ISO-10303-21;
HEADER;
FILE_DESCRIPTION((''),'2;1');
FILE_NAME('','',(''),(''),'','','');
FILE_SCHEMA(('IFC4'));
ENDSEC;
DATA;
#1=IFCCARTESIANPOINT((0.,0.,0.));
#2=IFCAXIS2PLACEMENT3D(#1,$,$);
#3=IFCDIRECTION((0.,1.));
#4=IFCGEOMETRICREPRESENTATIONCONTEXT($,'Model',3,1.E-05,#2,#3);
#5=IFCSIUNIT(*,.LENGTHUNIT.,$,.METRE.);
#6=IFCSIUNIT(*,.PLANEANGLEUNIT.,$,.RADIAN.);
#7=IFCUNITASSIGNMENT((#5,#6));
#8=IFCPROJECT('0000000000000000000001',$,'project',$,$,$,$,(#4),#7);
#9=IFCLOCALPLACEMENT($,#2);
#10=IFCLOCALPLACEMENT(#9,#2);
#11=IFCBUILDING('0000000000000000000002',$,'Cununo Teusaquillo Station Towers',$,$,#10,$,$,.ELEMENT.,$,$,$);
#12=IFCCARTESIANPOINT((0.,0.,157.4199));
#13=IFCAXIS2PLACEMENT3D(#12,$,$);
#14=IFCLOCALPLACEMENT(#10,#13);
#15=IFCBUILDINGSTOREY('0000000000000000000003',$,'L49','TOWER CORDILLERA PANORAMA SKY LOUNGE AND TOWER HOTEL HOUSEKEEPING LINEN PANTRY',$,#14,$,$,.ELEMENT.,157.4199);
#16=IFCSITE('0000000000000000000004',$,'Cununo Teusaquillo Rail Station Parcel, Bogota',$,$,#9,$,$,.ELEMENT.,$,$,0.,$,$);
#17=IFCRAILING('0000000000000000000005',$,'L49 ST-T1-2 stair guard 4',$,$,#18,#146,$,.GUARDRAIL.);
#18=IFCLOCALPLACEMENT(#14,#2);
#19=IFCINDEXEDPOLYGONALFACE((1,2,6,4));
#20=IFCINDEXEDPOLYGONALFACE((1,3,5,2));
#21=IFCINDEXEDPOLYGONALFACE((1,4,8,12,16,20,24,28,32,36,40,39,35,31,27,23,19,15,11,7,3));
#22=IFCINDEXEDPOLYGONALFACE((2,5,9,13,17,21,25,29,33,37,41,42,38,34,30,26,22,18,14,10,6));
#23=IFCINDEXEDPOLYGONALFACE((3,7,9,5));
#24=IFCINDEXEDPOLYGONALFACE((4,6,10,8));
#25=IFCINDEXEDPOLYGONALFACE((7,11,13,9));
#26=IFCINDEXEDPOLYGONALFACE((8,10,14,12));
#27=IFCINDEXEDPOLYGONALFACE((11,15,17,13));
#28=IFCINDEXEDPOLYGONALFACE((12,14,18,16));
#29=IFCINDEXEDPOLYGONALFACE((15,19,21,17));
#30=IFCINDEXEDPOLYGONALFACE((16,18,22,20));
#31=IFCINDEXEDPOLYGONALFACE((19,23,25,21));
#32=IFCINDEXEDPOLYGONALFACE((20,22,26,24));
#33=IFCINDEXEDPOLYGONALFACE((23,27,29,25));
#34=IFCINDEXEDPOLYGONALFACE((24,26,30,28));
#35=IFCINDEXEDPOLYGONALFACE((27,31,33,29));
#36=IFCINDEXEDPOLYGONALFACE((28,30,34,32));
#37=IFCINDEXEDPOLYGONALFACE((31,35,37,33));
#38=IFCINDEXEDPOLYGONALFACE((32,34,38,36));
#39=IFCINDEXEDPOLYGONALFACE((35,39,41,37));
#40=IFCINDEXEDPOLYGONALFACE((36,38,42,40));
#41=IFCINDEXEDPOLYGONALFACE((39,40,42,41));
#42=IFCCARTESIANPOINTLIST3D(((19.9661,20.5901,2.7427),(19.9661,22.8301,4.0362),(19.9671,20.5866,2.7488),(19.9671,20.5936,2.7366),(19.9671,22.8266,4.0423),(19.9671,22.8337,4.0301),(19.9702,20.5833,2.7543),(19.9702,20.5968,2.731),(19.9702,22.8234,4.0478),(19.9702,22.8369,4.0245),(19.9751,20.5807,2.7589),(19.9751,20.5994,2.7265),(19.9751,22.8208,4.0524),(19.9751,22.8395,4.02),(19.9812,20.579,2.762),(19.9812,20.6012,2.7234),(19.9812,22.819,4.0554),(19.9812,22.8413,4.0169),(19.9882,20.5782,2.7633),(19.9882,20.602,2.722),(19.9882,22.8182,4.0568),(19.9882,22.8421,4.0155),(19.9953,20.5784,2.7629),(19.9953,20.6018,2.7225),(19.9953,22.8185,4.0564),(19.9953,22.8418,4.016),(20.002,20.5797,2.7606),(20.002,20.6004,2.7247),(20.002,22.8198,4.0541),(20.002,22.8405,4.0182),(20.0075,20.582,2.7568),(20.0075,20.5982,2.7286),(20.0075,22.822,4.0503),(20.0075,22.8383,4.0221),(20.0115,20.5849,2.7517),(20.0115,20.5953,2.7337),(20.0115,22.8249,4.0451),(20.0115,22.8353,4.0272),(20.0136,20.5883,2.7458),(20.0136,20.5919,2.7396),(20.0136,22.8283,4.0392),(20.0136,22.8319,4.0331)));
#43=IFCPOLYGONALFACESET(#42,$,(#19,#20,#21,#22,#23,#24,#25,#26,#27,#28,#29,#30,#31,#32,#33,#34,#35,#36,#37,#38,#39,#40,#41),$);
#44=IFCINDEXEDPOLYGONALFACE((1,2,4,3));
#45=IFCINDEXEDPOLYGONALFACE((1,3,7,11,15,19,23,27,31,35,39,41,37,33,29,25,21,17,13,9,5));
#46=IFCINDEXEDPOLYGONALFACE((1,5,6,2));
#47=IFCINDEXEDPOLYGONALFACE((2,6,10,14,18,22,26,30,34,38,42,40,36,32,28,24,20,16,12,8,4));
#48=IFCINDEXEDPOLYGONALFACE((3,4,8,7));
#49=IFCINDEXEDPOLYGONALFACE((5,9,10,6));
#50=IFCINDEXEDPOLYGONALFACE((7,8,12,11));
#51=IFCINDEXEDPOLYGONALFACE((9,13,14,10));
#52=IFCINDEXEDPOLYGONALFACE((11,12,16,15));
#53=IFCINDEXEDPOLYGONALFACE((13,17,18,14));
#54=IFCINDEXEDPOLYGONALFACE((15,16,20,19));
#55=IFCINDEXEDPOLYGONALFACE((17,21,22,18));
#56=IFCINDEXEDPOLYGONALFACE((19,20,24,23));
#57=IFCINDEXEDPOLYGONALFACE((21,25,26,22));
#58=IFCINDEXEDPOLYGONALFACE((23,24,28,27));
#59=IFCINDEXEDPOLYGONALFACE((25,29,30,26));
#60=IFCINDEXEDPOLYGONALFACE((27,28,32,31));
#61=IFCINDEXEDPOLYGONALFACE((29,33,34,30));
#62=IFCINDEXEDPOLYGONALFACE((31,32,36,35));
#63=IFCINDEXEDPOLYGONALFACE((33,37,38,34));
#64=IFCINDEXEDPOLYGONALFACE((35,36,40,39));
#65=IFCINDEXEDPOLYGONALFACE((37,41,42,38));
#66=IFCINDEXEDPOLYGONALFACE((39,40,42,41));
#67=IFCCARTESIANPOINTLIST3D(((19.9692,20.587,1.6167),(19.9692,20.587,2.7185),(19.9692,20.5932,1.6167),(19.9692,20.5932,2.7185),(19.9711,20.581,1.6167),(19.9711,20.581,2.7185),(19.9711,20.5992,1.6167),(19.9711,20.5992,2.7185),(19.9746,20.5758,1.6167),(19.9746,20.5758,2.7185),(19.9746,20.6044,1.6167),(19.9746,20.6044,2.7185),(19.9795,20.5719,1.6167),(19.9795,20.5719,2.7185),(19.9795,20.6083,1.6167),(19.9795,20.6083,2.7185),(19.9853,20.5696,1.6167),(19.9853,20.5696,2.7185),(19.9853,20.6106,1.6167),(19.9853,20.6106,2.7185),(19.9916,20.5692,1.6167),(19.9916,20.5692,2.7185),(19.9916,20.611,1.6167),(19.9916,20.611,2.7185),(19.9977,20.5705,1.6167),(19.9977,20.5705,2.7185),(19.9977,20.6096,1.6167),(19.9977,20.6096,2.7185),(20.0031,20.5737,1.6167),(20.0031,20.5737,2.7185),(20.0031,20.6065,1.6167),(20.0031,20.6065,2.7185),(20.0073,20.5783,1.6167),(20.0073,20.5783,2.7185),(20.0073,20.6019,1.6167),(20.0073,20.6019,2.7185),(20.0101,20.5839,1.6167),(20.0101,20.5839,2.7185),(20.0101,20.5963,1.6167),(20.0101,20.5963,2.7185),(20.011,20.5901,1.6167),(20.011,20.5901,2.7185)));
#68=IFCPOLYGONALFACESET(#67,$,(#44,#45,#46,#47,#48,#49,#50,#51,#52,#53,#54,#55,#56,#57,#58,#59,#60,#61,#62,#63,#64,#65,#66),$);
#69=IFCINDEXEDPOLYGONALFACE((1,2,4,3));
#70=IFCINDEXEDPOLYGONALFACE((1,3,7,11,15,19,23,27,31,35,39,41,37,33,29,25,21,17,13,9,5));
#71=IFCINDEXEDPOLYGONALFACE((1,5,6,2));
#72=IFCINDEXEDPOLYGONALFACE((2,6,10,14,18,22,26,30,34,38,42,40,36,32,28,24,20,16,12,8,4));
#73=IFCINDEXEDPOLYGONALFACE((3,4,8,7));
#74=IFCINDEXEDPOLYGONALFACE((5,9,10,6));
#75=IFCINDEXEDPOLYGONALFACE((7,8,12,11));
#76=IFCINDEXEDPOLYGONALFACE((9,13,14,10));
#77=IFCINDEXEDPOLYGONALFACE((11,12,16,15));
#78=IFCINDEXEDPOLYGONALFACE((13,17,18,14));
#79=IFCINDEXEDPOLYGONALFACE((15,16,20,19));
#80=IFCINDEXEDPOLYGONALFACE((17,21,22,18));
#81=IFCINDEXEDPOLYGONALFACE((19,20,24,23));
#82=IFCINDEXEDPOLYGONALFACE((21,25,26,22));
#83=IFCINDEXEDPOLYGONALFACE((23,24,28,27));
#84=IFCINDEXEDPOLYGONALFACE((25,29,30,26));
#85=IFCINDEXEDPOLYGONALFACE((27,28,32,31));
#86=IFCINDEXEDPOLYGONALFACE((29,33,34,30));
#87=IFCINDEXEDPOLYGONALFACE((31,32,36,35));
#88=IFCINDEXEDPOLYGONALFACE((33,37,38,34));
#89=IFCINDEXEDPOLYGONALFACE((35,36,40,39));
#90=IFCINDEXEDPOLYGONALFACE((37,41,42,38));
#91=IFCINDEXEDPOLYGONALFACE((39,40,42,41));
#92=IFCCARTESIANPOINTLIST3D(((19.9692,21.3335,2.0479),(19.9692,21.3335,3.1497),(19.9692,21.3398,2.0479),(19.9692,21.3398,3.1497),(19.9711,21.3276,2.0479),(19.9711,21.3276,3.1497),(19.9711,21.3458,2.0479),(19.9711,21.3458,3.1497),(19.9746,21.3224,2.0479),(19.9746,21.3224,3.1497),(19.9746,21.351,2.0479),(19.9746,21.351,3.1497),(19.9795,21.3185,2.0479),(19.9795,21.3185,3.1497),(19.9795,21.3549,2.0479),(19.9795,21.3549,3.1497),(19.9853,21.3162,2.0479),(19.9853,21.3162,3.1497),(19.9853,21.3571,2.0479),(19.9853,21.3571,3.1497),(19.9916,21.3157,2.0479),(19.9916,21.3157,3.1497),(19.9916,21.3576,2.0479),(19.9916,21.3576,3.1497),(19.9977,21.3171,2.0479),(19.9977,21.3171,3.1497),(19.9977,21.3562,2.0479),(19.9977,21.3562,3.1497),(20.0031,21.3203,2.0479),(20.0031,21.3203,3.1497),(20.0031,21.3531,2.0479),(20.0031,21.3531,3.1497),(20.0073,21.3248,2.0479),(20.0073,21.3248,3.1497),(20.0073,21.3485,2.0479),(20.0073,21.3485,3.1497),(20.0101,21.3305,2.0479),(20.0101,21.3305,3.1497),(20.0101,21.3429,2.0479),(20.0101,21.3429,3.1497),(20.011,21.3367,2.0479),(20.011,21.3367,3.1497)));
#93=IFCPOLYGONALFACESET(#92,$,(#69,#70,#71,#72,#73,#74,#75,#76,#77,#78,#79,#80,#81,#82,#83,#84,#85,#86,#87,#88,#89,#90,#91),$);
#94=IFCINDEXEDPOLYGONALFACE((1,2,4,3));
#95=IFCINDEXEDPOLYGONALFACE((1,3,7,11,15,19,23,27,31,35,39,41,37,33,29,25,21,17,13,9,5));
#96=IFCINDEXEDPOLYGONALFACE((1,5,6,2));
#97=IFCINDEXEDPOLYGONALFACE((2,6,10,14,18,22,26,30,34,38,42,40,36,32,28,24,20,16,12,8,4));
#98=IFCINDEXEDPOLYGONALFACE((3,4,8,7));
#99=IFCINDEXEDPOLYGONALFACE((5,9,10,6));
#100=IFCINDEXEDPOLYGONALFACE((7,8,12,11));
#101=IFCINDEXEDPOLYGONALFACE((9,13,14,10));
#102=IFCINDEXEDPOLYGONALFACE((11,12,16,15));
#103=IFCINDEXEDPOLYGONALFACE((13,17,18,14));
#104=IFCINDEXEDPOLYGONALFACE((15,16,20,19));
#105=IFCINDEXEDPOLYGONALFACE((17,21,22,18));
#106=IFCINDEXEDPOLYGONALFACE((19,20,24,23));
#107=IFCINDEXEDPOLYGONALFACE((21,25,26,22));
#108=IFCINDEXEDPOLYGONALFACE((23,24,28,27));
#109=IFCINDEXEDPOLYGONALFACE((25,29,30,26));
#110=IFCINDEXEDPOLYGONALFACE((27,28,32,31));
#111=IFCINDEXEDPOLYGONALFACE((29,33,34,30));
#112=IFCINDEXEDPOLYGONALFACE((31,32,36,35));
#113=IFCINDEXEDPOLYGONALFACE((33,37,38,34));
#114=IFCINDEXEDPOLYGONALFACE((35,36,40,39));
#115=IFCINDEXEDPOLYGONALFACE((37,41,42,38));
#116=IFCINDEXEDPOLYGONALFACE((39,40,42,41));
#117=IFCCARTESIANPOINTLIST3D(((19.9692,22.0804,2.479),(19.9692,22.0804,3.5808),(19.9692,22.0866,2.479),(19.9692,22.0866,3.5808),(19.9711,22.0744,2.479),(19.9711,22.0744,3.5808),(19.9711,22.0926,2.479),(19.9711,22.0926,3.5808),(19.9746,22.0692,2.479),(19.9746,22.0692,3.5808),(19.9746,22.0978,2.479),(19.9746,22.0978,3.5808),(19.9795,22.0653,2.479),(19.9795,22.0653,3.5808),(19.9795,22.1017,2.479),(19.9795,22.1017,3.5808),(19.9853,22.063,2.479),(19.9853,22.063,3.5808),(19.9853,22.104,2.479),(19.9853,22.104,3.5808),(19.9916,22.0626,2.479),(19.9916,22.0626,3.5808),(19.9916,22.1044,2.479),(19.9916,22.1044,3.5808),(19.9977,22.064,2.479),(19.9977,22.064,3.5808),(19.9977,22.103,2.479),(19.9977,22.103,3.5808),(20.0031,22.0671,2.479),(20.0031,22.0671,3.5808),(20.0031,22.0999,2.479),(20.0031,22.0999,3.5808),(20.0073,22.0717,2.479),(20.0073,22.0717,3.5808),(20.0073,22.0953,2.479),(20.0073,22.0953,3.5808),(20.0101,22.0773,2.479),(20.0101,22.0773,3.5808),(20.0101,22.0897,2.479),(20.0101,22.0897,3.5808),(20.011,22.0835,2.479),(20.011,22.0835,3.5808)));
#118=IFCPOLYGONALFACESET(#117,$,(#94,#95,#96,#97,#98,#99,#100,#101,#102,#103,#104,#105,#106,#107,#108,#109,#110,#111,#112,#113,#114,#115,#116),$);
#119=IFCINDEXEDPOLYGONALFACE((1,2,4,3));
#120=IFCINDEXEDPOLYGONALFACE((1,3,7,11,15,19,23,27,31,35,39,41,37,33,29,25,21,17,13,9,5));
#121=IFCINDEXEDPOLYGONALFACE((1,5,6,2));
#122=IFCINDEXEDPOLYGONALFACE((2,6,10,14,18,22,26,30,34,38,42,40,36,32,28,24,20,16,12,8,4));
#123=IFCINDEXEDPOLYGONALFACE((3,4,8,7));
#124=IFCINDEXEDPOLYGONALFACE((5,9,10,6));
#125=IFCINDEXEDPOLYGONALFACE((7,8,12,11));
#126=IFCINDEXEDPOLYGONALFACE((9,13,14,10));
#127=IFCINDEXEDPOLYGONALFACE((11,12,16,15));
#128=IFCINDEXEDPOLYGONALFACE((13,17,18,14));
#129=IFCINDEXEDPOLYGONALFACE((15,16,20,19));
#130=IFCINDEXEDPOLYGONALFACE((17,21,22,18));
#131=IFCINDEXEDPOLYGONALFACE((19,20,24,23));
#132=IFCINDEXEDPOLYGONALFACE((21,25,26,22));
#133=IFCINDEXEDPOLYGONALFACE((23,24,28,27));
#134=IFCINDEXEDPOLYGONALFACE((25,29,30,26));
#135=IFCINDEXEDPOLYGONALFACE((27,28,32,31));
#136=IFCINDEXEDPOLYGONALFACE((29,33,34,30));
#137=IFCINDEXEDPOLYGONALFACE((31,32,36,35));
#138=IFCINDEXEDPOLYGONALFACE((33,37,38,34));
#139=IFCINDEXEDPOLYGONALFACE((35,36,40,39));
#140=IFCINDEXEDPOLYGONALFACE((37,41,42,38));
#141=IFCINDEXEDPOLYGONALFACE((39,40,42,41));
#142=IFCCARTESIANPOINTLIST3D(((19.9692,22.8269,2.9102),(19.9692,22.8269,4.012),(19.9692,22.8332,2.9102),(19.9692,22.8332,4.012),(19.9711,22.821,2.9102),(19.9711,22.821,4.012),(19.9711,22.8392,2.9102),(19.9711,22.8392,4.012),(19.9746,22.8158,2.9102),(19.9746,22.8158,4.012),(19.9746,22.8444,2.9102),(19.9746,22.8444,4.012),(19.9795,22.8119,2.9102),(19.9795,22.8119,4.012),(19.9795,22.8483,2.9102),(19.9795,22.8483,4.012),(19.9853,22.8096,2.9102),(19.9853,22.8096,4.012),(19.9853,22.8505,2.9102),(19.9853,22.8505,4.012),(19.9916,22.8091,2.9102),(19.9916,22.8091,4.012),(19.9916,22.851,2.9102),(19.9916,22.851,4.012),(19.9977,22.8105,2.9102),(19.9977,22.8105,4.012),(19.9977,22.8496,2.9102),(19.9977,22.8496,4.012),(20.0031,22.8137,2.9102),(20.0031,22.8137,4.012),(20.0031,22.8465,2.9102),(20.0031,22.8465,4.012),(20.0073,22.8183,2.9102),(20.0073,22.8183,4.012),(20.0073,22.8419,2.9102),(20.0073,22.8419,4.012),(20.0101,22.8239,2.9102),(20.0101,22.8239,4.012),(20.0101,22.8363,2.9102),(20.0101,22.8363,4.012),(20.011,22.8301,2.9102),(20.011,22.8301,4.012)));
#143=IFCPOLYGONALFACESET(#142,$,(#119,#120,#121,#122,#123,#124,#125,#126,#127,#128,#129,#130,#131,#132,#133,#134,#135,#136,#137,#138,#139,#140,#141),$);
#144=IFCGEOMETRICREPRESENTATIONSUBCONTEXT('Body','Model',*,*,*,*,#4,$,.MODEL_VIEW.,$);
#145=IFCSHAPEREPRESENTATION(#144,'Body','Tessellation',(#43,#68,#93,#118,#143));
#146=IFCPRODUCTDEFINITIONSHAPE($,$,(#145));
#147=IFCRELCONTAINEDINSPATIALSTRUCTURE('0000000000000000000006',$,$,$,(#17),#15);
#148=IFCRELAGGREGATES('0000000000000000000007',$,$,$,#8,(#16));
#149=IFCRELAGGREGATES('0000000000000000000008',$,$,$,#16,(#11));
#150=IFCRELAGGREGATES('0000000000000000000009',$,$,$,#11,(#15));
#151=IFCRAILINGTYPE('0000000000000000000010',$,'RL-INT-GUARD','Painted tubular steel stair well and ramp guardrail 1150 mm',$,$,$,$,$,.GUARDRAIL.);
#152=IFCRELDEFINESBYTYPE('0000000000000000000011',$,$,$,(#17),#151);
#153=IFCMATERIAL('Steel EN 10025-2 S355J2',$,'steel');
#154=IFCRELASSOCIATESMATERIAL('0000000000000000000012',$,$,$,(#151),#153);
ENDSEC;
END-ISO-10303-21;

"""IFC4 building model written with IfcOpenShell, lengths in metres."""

from ifc_helpers import new_model, si_unit, direction, frame, origin, origin_2d, place, context, subcontext, project, spatial, circle, extrude, material, type_object, element, save


model = new_model("IFC4")

# Units and contexts
model_context = context("Model", 3, precision=1e-05, world=origin(), true_north=direction((0.0, 1.0)))
body_context = subcontext(model_context, "Body", "Model", "MODEL_VIEW")
ifc_project = project(units=[si_unit("LENGTHUNIT", "METRE"), si_unit("PLANEANGLEUNIT", "RADIAN")], contexts=[model_context])

# Site, building, storey
site_placement = place(None, origin())
site = spatial("IfcSite", under=ifc_project, at=site_placement, Name="Cununo Teusaquillo Rail Station Parcel, Bogota", CompositionType="ELEMENT", RefElevation=0.0)
building_placement = place(site_placement, origin())
building = spatial("IfcBuilding", under=site, at=building_placement, Name="Cununo Teusaquillo Station Towers", CompositionType="ELEMENT")
storey_placement = place(building_placement, frame((0.0, 0.0, 157.4199)))
storey = spatial("IfcBuildingStorey", under=building, at=storey_placement, Name="L49", Description="TOWER CORDILLERA PANORAMA SKY LOUNGE AND TOWER HOTEL HOUSEKEEPING LINEN PANTRY", CompositionType="ELEMENT", Elevation=157.4199)

# Railing
ifc_material_1 = material(Name="Steel EN 10025-2 S355J2", Category="steel")
railing_type_1 = type_object("IfcRailingType", Name="RL-INT-GUARD", Description="Painted tubular steel stair well and ramp guardrail 1150 mm", PredefinedType="GUARDRAIL", material=ifc_material_1)
railing_1_placement = place(storey_placement, frame((19.99, 20.5901, 1.6167)))
element("IfcRailing", 1, at=railing_1_placement, inside=storey, type_object=railing_type_1, Name="L49 ST-T1-2 stair guard 4", PredefinedType="GUARDRAIL", context=body_context, shape_type="SweptSolid", body=[
    extrude(circle(Radius=0.0239, at=origin_2d()), frame((0.0, 0.0, 1.126), z_axis=(0.0, 0.865992, 0.500057), x_axis=(-1.0, 0.0, 0.0)), (0.0, 0.0, 1.0), 2.5867),
    extrude(circle(Radius=0.021, at=origin_2d()), origin(), (0.0, 0.0, 1.0), 1.1018),
    extrude(circle(Radius=0.021, at=origin_2d()), frame((0.0, 0.7466, 0.4312)), (0.0, 0.0, 1.0), 1.1018),
    extrude(circle(Radius=0.021, at=origin_2d()), frame((0.0, 1.4934, 0.8623)), (0.0, 0.0, 1.0), 1.1018),
    extrude(circle(Radius=0.021, at=origin_2d()), frame((0.0, 2.24, 1.2935)), (0.0, 0.0, 1.0), 1.1018),
])

save(model, "model.ifc")
